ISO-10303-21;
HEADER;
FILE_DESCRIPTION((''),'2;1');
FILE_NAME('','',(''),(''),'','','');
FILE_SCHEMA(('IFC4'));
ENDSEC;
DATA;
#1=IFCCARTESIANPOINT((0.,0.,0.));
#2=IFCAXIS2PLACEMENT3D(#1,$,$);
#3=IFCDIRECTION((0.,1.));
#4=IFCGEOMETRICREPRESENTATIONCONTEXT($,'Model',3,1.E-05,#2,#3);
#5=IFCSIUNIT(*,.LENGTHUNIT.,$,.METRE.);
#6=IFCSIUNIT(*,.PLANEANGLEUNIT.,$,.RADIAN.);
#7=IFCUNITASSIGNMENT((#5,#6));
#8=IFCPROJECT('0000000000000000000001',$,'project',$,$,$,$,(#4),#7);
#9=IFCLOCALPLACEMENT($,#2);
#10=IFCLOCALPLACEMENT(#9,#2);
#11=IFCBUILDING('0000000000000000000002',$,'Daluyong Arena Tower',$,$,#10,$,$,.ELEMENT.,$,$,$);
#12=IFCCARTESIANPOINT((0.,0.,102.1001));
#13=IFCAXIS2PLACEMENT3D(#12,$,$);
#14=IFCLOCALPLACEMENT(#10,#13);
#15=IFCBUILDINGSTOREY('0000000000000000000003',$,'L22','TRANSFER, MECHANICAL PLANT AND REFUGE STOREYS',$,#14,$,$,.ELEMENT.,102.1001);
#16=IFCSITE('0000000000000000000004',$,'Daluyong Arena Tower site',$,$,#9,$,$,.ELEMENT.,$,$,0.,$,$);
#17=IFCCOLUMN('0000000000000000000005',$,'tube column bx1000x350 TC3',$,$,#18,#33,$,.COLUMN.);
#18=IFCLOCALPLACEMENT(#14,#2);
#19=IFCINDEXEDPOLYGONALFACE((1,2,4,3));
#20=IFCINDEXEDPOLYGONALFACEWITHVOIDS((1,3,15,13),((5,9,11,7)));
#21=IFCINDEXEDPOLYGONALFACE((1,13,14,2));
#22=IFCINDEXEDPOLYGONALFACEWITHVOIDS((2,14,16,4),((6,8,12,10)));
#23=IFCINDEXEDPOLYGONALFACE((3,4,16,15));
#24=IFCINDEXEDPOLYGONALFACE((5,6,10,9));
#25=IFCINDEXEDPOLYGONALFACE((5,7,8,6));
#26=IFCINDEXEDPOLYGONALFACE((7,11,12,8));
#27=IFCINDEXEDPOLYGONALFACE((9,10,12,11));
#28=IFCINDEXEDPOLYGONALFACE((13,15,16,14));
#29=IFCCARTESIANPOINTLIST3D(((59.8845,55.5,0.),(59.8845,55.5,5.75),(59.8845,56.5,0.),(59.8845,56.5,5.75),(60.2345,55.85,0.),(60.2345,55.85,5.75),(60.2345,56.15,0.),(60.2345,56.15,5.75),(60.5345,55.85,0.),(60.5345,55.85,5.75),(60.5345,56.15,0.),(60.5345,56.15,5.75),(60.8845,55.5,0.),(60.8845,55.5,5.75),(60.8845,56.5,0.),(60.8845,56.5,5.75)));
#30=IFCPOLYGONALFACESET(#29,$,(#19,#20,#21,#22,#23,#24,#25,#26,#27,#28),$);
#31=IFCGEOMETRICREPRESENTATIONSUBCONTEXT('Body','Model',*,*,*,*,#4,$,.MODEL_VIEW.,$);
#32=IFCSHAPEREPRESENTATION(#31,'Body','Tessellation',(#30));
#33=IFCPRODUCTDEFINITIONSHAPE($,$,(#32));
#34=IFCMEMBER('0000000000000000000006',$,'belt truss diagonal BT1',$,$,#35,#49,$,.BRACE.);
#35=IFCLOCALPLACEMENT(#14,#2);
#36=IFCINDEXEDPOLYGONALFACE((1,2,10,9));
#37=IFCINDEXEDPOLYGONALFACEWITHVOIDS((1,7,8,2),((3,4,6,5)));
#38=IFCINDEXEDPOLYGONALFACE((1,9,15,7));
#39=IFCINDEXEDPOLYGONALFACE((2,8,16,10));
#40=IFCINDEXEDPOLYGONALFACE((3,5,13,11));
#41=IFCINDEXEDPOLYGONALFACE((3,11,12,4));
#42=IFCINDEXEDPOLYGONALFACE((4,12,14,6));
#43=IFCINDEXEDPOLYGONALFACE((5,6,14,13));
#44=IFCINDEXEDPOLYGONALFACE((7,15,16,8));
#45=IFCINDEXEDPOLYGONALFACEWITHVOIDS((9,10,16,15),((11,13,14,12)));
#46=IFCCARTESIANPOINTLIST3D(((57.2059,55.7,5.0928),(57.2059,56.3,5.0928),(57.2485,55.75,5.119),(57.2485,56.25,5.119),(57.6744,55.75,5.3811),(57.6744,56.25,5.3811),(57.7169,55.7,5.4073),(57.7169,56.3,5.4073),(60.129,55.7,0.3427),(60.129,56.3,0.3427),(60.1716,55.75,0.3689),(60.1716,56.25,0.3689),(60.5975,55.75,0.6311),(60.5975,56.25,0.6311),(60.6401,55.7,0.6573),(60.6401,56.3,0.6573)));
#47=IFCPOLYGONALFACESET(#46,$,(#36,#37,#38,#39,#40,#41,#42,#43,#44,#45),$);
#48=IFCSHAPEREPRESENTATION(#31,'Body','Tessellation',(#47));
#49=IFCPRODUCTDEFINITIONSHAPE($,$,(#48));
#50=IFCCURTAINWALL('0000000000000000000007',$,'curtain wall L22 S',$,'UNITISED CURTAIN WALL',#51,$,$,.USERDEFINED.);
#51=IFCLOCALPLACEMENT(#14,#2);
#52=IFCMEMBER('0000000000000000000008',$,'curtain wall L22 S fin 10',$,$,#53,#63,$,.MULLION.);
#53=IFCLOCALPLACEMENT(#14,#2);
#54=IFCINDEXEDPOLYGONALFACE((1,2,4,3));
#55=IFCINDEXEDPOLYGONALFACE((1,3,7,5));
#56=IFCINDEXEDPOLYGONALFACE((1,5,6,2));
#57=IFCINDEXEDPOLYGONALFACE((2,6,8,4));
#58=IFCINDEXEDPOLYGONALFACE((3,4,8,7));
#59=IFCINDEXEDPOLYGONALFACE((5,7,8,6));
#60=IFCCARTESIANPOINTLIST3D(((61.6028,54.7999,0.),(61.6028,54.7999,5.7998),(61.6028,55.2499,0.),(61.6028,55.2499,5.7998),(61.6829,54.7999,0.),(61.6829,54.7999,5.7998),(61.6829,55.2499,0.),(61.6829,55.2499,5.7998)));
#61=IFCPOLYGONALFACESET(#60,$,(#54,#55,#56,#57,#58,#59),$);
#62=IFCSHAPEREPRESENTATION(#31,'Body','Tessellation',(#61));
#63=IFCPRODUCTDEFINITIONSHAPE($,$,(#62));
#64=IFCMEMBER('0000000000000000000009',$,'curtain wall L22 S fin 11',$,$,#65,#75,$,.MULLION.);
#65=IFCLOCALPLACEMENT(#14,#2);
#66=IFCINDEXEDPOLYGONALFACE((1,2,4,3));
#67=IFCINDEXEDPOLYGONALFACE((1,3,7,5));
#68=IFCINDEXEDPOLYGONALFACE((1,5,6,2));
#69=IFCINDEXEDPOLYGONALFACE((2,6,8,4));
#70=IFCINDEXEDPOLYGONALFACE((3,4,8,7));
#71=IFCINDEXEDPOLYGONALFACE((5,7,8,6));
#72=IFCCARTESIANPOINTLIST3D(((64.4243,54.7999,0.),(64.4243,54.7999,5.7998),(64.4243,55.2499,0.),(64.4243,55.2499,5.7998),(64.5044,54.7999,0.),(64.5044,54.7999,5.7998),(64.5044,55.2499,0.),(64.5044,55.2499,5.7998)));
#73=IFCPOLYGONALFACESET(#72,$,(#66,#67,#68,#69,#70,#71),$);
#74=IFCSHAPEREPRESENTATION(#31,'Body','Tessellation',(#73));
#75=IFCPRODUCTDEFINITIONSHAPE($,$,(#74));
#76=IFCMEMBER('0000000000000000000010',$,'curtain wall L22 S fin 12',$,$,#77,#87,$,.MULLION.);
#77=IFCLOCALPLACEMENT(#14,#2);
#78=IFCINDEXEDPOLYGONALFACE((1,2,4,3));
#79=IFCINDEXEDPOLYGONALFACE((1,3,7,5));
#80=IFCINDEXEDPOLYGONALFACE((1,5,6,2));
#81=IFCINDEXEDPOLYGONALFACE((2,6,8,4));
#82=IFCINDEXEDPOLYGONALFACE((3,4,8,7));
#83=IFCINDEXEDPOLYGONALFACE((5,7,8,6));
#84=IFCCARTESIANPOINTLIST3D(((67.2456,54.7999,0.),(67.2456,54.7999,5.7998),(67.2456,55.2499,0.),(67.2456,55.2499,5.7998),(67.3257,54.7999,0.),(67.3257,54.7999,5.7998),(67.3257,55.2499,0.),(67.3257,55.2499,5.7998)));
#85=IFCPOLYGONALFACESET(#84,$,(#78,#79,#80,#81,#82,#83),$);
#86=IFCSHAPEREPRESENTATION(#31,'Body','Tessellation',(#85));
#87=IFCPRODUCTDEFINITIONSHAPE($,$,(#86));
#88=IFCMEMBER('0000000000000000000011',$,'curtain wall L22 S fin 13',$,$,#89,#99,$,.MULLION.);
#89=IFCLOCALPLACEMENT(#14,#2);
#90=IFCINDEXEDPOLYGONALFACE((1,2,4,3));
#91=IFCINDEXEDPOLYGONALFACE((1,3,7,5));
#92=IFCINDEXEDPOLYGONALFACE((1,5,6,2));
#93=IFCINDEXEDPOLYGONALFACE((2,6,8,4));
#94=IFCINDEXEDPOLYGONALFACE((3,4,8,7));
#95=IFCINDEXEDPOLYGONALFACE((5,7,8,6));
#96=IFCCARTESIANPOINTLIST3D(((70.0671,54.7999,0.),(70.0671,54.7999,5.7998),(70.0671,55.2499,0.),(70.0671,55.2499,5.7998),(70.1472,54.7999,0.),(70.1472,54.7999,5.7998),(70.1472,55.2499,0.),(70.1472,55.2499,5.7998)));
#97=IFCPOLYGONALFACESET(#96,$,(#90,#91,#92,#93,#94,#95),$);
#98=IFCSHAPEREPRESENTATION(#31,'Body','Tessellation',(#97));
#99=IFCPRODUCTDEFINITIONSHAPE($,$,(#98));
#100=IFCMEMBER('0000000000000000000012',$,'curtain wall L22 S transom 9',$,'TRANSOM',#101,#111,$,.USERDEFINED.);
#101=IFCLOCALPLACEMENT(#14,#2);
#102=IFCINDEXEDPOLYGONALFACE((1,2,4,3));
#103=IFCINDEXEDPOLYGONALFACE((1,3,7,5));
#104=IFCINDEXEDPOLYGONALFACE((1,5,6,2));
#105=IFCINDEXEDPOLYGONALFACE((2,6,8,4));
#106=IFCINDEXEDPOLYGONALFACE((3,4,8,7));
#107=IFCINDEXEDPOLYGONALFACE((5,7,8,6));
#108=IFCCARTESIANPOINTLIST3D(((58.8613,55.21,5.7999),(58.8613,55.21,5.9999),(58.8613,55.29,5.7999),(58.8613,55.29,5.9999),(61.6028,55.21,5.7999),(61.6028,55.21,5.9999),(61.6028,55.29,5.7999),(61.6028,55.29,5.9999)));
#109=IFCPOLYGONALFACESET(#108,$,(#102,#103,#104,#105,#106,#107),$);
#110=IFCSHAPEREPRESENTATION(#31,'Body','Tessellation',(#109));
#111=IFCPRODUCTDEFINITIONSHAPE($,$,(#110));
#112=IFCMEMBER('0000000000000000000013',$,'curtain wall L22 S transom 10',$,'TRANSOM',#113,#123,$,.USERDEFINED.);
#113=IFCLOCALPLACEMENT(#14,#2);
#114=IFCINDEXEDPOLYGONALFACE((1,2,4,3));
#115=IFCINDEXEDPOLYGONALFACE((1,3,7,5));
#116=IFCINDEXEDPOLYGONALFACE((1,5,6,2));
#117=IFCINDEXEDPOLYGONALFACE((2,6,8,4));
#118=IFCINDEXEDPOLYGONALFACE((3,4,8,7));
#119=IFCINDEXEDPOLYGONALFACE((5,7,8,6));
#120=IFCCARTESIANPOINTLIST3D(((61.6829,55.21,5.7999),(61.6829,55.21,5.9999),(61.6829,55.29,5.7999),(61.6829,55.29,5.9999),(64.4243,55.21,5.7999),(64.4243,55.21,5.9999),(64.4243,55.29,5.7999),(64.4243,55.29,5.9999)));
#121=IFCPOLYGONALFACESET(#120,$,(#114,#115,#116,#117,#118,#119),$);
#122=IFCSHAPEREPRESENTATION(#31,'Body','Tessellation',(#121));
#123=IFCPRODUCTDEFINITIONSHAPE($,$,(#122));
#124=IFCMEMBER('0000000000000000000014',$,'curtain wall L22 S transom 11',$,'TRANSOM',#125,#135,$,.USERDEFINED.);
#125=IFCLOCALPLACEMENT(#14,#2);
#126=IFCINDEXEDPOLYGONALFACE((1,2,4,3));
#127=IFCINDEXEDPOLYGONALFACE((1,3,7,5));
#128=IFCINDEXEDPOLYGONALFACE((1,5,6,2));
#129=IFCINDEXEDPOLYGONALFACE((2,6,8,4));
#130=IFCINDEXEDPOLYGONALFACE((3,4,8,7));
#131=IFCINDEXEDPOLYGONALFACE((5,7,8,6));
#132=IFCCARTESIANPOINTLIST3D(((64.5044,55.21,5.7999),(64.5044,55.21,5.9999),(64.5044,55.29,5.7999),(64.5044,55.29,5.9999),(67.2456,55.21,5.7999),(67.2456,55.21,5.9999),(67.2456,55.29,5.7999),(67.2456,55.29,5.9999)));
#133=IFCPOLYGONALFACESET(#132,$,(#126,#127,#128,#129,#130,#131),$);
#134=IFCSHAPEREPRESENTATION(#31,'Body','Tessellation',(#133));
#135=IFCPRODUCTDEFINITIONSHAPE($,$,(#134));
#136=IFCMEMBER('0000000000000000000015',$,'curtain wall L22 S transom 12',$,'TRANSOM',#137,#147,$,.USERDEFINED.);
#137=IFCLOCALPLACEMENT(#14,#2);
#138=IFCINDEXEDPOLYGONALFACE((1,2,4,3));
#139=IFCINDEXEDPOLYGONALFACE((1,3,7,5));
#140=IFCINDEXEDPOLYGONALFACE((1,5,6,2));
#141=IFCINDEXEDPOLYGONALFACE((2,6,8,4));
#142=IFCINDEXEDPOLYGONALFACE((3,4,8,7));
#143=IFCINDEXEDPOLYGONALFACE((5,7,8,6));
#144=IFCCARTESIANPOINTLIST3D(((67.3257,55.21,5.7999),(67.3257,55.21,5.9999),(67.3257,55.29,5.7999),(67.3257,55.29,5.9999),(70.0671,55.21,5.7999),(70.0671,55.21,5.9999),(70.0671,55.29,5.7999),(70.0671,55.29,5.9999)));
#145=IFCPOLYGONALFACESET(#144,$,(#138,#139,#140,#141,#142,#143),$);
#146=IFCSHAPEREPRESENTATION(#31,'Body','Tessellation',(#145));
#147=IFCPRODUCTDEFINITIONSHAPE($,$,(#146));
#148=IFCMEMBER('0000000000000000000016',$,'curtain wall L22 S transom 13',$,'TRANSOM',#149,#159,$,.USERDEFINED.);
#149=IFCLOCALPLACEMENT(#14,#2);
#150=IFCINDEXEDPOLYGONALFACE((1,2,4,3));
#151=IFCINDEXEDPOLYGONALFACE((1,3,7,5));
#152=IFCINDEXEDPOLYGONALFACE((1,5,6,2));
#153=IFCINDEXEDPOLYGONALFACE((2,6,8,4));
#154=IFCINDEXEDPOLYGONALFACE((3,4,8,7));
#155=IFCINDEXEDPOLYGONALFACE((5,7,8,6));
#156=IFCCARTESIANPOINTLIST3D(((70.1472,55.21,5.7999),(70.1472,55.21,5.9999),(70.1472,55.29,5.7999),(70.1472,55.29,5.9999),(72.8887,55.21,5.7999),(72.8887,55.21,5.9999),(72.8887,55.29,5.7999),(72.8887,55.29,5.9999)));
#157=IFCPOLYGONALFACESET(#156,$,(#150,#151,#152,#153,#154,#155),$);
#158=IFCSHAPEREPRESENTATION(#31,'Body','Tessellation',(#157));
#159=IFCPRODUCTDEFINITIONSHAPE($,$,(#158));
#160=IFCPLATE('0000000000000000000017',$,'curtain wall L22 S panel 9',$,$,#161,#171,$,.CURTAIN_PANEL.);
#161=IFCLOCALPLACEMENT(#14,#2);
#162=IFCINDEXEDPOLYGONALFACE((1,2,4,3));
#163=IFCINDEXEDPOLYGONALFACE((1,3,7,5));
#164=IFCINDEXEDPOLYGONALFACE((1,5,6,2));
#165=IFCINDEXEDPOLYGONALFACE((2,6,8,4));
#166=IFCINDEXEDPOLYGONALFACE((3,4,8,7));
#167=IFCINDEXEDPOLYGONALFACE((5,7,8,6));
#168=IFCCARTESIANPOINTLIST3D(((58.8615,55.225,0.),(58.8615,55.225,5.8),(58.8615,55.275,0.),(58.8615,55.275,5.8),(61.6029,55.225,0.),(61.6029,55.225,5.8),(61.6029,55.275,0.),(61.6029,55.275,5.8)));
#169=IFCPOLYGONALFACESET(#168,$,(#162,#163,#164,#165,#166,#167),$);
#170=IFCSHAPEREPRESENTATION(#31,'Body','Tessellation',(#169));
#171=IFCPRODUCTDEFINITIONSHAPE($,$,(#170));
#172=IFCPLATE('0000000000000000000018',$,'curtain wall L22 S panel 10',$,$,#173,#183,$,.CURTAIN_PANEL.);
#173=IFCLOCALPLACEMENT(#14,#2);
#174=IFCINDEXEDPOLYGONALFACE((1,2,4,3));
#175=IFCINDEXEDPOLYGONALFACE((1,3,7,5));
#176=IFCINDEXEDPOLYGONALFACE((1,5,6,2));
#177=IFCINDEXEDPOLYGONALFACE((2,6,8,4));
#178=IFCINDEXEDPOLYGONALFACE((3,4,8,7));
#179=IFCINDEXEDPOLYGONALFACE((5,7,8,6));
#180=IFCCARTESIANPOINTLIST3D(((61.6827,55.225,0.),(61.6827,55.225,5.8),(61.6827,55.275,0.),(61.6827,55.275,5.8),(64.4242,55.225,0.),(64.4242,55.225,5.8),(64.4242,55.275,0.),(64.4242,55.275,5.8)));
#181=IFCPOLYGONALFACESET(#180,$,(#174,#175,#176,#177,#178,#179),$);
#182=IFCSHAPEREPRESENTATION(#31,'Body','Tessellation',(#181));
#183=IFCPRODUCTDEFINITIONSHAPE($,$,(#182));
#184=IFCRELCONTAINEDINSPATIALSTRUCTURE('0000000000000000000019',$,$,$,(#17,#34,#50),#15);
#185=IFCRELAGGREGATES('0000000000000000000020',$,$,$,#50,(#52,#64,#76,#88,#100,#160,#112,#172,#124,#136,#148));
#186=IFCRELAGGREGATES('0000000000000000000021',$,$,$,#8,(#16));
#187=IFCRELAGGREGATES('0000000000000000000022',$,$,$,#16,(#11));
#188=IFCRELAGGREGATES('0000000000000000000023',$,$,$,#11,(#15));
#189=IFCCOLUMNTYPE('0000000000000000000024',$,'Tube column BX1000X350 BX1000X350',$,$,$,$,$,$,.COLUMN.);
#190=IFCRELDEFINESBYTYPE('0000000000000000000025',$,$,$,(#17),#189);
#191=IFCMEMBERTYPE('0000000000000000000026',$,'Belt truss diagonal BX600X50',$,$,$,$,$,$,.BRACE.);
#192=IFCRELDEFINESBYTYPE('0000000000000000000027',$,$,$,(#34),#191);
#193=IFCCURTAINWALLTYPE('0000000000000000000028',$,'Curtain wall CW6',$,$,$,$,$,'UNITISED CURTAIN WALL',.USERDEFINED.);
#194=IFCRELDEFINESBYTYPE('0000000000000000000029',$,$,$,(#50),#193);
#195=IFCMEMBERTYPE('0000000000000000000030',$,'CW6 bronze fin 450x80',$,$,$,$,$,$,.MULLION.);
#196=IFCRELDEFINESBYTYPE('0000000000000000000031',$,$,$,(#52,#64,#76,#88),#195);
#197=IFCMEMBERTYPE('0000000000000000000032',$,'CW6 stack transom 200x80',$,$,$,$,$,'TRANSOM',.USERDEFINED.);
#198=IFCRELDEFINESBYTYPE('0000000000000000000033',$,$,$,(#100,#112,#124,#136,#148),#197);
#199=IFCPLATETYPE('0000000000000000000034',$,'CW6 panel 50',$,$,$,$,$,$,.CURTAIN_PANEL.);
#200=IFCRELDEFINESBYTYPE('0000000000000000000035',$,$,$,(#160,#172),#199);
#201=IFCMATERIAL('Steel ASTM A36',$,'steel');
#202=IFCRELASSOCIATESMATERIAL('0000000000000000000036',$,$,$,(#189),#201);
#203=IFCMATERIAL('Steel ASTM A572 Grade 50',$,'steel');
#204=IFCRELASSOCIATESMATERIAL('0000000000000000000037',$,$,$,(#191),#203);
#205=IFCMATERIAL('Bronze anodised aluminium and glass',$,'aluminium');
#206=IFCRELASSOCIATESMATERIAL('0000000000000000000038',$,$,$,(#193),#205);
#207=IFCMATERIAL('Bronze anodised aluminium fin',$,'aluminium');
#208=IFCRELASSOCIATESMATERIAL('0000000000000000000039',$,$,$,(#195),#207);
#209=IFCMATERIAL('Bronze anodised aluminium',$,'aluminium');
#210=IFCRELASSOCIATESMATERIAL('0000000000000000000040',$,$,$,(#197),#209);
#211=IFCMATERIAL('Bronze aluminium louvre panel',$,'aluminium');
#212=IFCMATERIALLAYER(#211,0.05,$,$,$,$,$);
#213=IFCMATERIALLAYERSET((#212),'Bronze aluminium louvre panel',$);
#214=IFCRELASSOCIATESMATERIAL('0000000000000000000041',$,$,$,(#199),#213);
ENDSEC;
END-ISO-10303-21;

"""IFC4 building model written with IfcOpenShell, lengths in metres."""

from ifc_helpers import new_model, si_unit, direction, frame, origin, origin_2d, place, context, subcontext, project, spatial, rectangle, hollow_rectangle, extrude, material, layer, layer_set, material_profile, profile_set, type_object, element, aggregate, save


model = new_model("IFC4")

# Units and contexts
model_context = context("Model", 3, precision=1e-05, world=origin(), true_north=direction((0.0, 1.0)))
body_context = subcontext(model_context, "Body", "Model", "MODEL_VIEW")
ifc_project = project(units=[si_unit("LENGTHUNIT", "METRE"), si_unit("PLANEANGLEUNIT", "RADIAN")], contexts=[model_context])

# Site, building, storey
site_placement = place(None, origin())
site = spatial("IfcSite", under=ifc_project, at=site_placement, Name="Daluyong Arena Tower site", CompositionType="ELEMENT", RefElevation=0.0)
building_placement = place(site_placement, origin())
building = spatial("IfcBuilding", under=site, at=building_placement, Name="Daluyong Arena Tower", CompositionType="ELEMENT")
storey_placement = place(building_placement, frame((0.0, 0.0, 102.1001)))
storey = spatial("IfcBuildingStorey", under=building, at=storey_placement, Name="L22", Description="TRANSFER, MECHANICAL PLANT AND REFUGE STOREYS", CompositionType="ELEMENT", Elevation=102.1001)

# Column
ifc_material_1 = material(Name="Steel ASTM A36", Category="steel")
ifc_material_profile_1 = material_profile(ifc_material_1, hollow_rectangle(XDim=1.0, YDim=1.0, WallThickness=0.35, at=origin_2d()))
ifc_profile_set_1 = profile_set([ifc_material_profile_1], Name="Steel ASTM A36")
column_type = type_object("IfcColumnType", Name="Tube column BX1000X350 BX1000X350", PredefinedType="COLUMN", material=ifc_profile_set_1)
column_placement = place(storey_placement, frame((60.3845, 56.0, 0.0), z_axis=(0.0, 0.0, 1.0), x_axis=(1.0, 0.0, 0.0)))
element("IfcColumn", 1, at=column_placement, inside=storey, type_object=column_type, Name="tube column bx1000x350 TC3", PredefinedType="COLUMN", context=body_context, shape_type="SweptSolid", body=[
    extrude(hollow_rectangle(XDim=1.0, YDim=1.0, WallThickness=0.35, at=origin_2d()), origin(), (0.0, 0.0, 1.0), 5.75),
])

# Member
ifc_material_2 = material(Name="Steel ASTM A572 Grade 50", Category="steel")
ifc_material_profile_2 = material_profile(ifc_material_2, hollow_rectangle(XDim=0.6001, YDim=0.6001, WallThickness=0.05, at=origin_2d()))
ifc_profile_set_2 = profile_set([ifc_material_profile_2], Name="Steel ASTM A572 Grade 50")
member_type_1 = type_object("IfcMemberType", Name="Belt truss diagonal BX600X50", PredefinedType="BRACE", material=ifc_profile_set_2)
member_1_placement = place(storey_placement, frame((60.3845, 56.0, 0.5), z_axis=(-0.5241, 0.0, 0.851657), x_axis=(0.0, -1.0, 0.0)))
element("IfcMember", 2, at=member_1_placement, inside=storey, type_object=member_type_1, Name="belt truss diagonal BT1", PredefinedType="BRACE", context=body_context, shape_type="SweptSolid", body=[
    extrude(hollow_rectangle(XDim=0.6001, YDim=0.6001, WallThickness=0.05, at=origin_2d()), origin(), (0.0, 0.0, 1.0), 5.5774),
])

# Curtain wall, members, plates
ifc_material_3 = material(Name="Bronze anodised aluminium and glass", Category="aluminium")
curtain_wall_type = type_object("IfcCurtainWallType", Name="Curtain wall CW6", ElementType="UNITISED CURTAIN WALL", PredefinedType="USERDEFINED", material=ifc_material_3)
curtain_wall_placement = place(storey_placement, origin())
curtain_wall = element("IfcCurtainWall", 3, at=curtain_wall_placement, inside=storey, type_object=curtain_wall_type, Name="curtain wall L22 S", ObjectType="UNITISED CURTAIN WALL", PredefinedType="USERDEFINED")
ifc_material_4 = material(Name="Bronze anodised aluminium fin", Category="aluminium")
ifc_material_profile_3 = material_profile(ifc_material_4, rectangle(XDim=0.45, YDim=0.0801, at=origin_2d()))
ifc_profile_set_3 = profile_set([ifc_material_profile_3], Name="Bronze anodised aluminium fin")
member_type_2 = type_object("IfcMemberType", Name="CW6 bronze fin 450x80", PredefinedType="MULLION", material=ifc_profile_set_3)
member_2_placement = place(storey_placement, frame((61.6428, 55.0249, 0.0), z_axis=(0.0, 0.0, 1.0), x_axis=(0.0, 1.0, 0.0)))
member_2 = element("IfcMember", 4, at=member_2_placement, type_object=member_type_2, Name="curtain wall L22 S fin 10", PredefinedType="MULLION", context=body_context, shape_type="SweptSolid", body=[
    extrude(rectangle(XDim=0.45, YDim=0.0801, at=origin_2d()), origin(), (0.0, 0.0, 1.0), 5.7998),
])
member_3_placement = place(storey_placement, frame((64.4644, 55.0249, 0.0), z_axis=(0.0, 0.0, 1.0), x_axis=(0.0, 1.0, 0.0)))
member_3 = element("IfcMember", 5, at=member_3_placement, type_object=member_type_2, Name="curtain wall L22 S fin 11", PredefinedType="MULLION", context=body_context, shape_type="SweptSolid", body=[
    extrude(rectangle(XDim=0.45, YDim=0.0801, at=origin_2d()), origin(), (0.0, 0.0, 1.0), 5.7998),
])
member_4_placement = place(storey_placement, frame((67.2856, 55.0249, 0.0), z_axis=(0.0, 0.0, 1.0), x_axis=(0.0, 1.0, 0.0)))
member_4 = element("IfcMember", 6, at=member_4_placement, type_object=member_type_2, Name="curtain wall L22 S fin 12", PredefinedType="MULLION", context=body_context, shape_type="SweptSolid", body=[
    extrude(rectangle(XDim=0.45, YDim=0.0801, at=origin_2d()), origin(), (0.0, 0.0, 1.0), 5.7998),
])
member_5_placement = place(storey_placement, frame((70.1072, 55.0249, 0.0), z_axis=(0.0, 0.0, 1.0), x_axis=(0.0, 1.0, 0.0)))
member_5 = element("IfcMember", 7, at=member_5_placement, type_object=member_type_2, Name="curtain wall L22 S fin 13", PredefinedType="MULLION", context=body_context, shape_type="SweptSolid", body=[
    extrude(rectangle(XDim=0.45, YDim=0.0801, at=origin_2d()), origin(), (0.0, 0.0, 1.0), 5.7998),
])
ifc_material_5 = material(Name="Bronze anodised aluminium", Category="aluminium")
ifc_material_profile_4 = material_profile(ifc_material_5, rectangle(XDim=0.0801, YDim=0.2, at=origin_2d()))
ifc_profile_set_4 = profile_set([ifc_material_profile_4], Name="Bronze anodised aluminium")
member_type_3 = type_object("IfcMemberType", Name="CW6 stack transom 200x80", ElementType="TRANSOM", PredefinedType="USERDEFINED", material=ifc_profile_set_4)
member_6_placement = place(storey_placement, frame((58.8613, 55.25, 5.8999), z_axis=(1.0, 0.0, 0.0), x_axis=(0.0, 1.0, 0.0)))
member_6 = element("IfcMember", 8, at=member_6_placement, type_object=member_type_3, Name="curtain wall L22 S transom 9", ObjectType="TRANSOM", PredefinedType="USERDEFINED", context=body_context, shape_type="SweptSolid", body=[
    extrude(rectangle(XDim=0.0801, YDim=0.2, at=origin_2d()), origin(), (0.0, 0.0, 1.0), 2.7415),
])
member_7_placement = place(storey_placement, frame((61.6829, 55.25, 5.8999), z_axis=(1.0, 0.0, 0.0), x_axis=(0.0, 1.0, 0.0)))
member_7 = element("IfcMember", 9, at=member_7_placement, type_object=member_type_3, Name="curtain wall L22 S transom 10", ObjectType="TRANSOM", PredefinedType="USERDEFINED", context=body_context, shape_type="SweptSolid", body=[
    extrude(rectangle(XDim=0.0801, YDim=0.2, at=origin_2d()), origin(), (0.0, 0.0, 1.0), 2.7415),
])
member_8_placement = place(storey_placement, frame((64.5044, 55.25, 5.8999), z_axis=(1.0, 0.0, 0.0), x_axis=(0.0, 1.0, 0.0)))
member_8 = element("IfcMember", 10, at=member_8_placement, type_object=member_type_3, Name="curtain wall L22 S transom 11", ObjectType="TRANSOM", PredefinedType="USERDEFINED", context=body_context, shape_type="SweptSolid", body=[
    extrude(rectangle(XDim=0.0801, YDim=0.2, at=origin_2d()), origin(), (0.0, 0.0, 1.0), 2.7412),
])
member_9_placement = place(storey_placement, frame((67.3257, 55.25, 5.8999), z_axis=(1.0, 0.0, 0.0), x_axis=(0.0, 1.0, 0.0)))
member_9 = element("IfcMember", 11, at=member_9_placement, type_object=member_type_3, Name="curtain wall L22 S transom 12", ObjectType="TRANSOM", PredefinedType="USERDEFINED", context=body_context, shape_type="SweptSolid", body=[
    extrude(rectangle(XDim=0.0801, YDim=0.2, at=origin_2d()), origin(), (0.0, 0.0, 1.0), 2.7415),
])
member_10_placement = place(storey_placement, frame((70.1472, 55.25, 5.8999), z_axis=(1.0, 0.0, 0.0), x_axis=(0.0, 1.0, 0.0)))
member_10 = element("IfcMember", 12, at=member_10_placement, type_object=member_type_3, Name="curtain wall L22 S transom 13", ObjectType="TRANSOM", PredefinedType="USERDEFINED", context=body_context, shape_type="SweptSolid", body=[
    extrude(rectangle(XDim=0.0801, YDim=0.2, at=origin_2d()), origin(), (0.0, 0.0, 1.0), 2.7415),
])
ifc_material_6 = material(Name="Bronze aluminium louvre panel", Category="aluminium")
ifc_layer = layer(ifc_material_6, 0.05)
ifc_layer_set = layer_set([ifc_layer], Name="Bronze aluminium louvre panel")
plate_type = type_object("IfcPlateType", Name="CW6 panel 50", PredefinedType="CURTAIN_PANEL", material=ifc_layer_set)
plate_1_placement = place(storey_placement, frame((60.2322, 55.25, 0.0), z_axis=(0.0, 0.0, 1.0), x_axis=(1.0, 0.0, 0.0)))
plate_1 = element("IfcPlate", 13, at=plate_1_placement, type_object=plate_type, Name="curtain wall L22 S panel 9", PredefinedType="CURTAIN_PANEL", context=body_context, shape_type="SweptSolid", body=[
    extrude(rectangle(XDim=2.7415, YDim=0.05, at=origin_2d()), origin(), (0.0, 0.0, 1.0), 5.8),
])
plate_2_placement = place(storey_placement, frame((63.0535, 55.25, 0.0), z_axis=(0.0, 0.0, 1.0), x_axis=(1.0, 0.0, 0.0)))
plate_2 = element("IfcPlate", 14, at=plate_2_placement, type_object=plate_type, Name="curtain wall L22 S panel 10", PredefinedType="CURTAIN_PANEL", context=body_context, shape_type="SweptSolid", body=[
    extrude(rectangle(XDim=2.7415, YDim=0.05, at=origin_2d()), origin(), (0.0, 0.0, 1.0), 5.8),
])
aggregate(curtain_wall, [member_2, member_3, member_4, member_5, member_6, plate_1, member_7, plate_2, member_8, member_9, member_10])

save(model, "model.ifc")
